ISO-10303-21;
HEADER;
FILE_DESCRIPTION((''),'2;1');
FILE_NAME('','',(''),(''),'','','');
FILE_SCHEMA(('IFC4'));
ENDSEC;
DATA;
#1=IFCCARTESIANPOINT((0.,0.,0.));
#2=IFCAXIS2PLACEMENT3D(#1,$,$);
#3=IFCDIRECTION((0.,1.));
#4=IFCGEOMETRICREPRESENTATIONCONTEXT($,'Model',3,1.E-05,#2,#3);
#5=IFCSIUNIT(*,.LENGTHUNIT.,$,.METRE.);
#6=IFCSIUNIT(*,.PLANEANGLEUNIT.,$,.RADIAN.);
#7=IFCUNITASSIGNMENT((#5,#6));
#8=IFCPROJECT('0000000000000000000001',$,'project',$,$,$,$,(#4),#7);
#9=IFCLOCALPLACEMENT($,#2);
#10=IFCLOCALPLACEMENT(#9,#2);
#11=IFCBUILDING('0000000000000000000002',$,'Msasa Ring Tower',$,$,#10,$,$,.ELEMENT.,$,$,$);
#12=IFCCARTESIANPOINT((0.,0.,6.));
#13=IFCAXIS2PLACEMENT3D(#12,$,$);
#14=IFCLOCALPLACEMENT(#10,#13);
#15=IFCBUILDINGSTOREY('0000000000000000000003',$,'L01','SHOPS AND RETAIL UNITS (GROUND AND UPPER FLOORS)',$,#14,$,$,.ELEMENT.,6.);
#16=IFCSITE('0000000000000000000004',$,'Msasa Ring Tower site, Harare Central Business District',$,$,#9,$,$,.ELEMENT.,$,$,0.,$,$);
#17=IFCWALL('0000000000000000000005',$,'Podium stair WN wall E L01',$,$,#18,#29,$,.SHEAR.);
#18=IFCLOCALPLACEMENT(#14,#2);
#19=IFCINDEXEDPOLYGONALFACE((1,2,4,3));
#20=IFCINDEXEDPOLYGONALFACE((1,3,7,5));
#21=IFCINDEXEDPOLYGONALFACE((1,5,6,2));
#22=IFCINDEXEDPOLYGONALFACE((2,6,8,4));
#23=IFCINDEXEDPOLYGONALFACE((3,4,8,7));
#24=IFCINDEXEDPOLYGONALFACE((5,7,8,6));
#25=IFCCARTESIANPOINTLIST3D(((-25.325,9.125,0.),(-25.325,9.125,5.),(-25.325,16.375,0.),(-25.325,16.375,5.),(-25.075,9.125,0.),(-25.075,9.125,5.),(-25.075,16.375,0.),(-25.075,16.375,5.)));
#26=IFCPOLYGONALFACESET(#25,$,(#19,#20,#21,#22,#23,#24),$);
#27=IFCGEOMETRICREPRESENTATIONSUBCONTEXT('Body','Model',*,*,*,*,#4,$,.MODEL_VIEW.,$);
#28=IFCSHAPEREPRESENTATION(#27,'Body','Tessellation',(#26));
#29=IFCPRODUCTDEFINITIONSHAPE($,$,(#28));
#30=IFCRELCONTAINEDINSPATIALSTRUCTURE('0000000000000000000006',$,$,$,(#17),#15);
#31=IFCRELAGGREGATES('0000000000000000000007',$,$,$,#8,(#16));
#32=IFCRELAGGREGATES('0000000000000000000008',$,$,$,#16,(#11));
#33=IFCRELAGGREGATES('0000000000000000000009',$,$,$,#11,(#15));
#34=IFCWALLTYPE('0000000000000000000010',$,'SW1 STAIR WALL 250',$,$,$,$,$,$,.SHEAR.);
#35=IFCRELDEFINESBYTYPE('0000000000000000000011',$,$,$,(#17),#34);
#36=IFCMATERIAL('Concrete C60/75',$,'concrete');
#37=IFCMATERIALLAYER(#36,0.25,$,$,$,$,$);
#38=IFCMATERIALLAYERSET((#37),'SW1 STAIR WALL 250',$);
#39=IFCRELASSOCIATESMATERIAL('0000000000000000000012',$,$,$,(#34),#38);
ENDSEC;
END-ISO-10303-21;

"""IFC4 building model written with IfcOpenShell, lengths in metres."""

from ifc_helpers import new_model, si_unit, direction, frame, frame_2d, origin, place, context, subcontext, project, spatial, rectangle, extrude, material, layer, layer_set, type_object, element, save


model = new_model("IFC4")

# Units and contexts
model_context = context("Model", 3, precision=1e-05, world=origin(), true_north=direction((0.0, 1.0)))
body_context = subcontext(model_context, "Body", "Model", "MODEL_VIEW")
ifc_project = project(units=[si_unit("LENGTHUNIT", "METRE"), si_unit("PLANEANGLEUNIT", "RADIAN")], contexts=[model_context])

# Site, building, storey
site_placement = place(None, origin())
site = spatial("IfcSite", under=ifc_project, at=site_placement, Name="Msasa Ring Tower site, Harare Central Business District", CompositionType="ELEMENT", RefElevation=0.0)
building_placement = place(site_placement, origin())
building = spatial("IfcBuilding", under=site, at=building_placement, Name="Msasa Ring Tower", CompositionType="ELEMENT")
storey_placement = place(building_placement, frame((0.0, 0.0, 6.0)))
storey = spatial("IfcBuildingStorey", under=building, at=storey_placement, Name="L01", Description="SHOPS AND RETAIL UNITS (GROUND AND UPPER FLOORS)", CompositionType="ELEMENT", Elevation=6.0)

# Shared definitions
ifc_material_1 = material(Name="Concrete C60/75", Category="concrete")
ifc_layer_1 = layer(ifc_material_1, 0.25)
ifc_layer_set_1 = layer_set([ifc_layer_1], Name="SW1 STAIR WALL 250")
wall_type_1 = type_object("IfcWallType", Name="SW1 STAIR WALL 250", PredefinedType="SHEAR", material=ifc_layer_set_1)

# Wall
for number, where, z_axis, x_axis, name in (
    (1, (-25.2, 9.125, 0.0), (0.0, 0.0, 1.0), (0.0, 1.0, 0.0), "Podium stair WN wall E L01"),
):
    element("IfcWall", number, at=place(storey_placement, frame(where, z_axis=z_axis, x_axis=x_axis)), inside=storey, type_object=wall_type_1, Name=name, PredefinedType="SHEAR", context=body_context, shape_type="SweptSolid", body=[
        extrude(rectangle(XDim=7.25, YDim=0.25, at=frame_2d((3.625, 0.0))), origin(), (0.0, 0.0, 1.0), 5.0),
    ])

save(model, "model.ifc")
